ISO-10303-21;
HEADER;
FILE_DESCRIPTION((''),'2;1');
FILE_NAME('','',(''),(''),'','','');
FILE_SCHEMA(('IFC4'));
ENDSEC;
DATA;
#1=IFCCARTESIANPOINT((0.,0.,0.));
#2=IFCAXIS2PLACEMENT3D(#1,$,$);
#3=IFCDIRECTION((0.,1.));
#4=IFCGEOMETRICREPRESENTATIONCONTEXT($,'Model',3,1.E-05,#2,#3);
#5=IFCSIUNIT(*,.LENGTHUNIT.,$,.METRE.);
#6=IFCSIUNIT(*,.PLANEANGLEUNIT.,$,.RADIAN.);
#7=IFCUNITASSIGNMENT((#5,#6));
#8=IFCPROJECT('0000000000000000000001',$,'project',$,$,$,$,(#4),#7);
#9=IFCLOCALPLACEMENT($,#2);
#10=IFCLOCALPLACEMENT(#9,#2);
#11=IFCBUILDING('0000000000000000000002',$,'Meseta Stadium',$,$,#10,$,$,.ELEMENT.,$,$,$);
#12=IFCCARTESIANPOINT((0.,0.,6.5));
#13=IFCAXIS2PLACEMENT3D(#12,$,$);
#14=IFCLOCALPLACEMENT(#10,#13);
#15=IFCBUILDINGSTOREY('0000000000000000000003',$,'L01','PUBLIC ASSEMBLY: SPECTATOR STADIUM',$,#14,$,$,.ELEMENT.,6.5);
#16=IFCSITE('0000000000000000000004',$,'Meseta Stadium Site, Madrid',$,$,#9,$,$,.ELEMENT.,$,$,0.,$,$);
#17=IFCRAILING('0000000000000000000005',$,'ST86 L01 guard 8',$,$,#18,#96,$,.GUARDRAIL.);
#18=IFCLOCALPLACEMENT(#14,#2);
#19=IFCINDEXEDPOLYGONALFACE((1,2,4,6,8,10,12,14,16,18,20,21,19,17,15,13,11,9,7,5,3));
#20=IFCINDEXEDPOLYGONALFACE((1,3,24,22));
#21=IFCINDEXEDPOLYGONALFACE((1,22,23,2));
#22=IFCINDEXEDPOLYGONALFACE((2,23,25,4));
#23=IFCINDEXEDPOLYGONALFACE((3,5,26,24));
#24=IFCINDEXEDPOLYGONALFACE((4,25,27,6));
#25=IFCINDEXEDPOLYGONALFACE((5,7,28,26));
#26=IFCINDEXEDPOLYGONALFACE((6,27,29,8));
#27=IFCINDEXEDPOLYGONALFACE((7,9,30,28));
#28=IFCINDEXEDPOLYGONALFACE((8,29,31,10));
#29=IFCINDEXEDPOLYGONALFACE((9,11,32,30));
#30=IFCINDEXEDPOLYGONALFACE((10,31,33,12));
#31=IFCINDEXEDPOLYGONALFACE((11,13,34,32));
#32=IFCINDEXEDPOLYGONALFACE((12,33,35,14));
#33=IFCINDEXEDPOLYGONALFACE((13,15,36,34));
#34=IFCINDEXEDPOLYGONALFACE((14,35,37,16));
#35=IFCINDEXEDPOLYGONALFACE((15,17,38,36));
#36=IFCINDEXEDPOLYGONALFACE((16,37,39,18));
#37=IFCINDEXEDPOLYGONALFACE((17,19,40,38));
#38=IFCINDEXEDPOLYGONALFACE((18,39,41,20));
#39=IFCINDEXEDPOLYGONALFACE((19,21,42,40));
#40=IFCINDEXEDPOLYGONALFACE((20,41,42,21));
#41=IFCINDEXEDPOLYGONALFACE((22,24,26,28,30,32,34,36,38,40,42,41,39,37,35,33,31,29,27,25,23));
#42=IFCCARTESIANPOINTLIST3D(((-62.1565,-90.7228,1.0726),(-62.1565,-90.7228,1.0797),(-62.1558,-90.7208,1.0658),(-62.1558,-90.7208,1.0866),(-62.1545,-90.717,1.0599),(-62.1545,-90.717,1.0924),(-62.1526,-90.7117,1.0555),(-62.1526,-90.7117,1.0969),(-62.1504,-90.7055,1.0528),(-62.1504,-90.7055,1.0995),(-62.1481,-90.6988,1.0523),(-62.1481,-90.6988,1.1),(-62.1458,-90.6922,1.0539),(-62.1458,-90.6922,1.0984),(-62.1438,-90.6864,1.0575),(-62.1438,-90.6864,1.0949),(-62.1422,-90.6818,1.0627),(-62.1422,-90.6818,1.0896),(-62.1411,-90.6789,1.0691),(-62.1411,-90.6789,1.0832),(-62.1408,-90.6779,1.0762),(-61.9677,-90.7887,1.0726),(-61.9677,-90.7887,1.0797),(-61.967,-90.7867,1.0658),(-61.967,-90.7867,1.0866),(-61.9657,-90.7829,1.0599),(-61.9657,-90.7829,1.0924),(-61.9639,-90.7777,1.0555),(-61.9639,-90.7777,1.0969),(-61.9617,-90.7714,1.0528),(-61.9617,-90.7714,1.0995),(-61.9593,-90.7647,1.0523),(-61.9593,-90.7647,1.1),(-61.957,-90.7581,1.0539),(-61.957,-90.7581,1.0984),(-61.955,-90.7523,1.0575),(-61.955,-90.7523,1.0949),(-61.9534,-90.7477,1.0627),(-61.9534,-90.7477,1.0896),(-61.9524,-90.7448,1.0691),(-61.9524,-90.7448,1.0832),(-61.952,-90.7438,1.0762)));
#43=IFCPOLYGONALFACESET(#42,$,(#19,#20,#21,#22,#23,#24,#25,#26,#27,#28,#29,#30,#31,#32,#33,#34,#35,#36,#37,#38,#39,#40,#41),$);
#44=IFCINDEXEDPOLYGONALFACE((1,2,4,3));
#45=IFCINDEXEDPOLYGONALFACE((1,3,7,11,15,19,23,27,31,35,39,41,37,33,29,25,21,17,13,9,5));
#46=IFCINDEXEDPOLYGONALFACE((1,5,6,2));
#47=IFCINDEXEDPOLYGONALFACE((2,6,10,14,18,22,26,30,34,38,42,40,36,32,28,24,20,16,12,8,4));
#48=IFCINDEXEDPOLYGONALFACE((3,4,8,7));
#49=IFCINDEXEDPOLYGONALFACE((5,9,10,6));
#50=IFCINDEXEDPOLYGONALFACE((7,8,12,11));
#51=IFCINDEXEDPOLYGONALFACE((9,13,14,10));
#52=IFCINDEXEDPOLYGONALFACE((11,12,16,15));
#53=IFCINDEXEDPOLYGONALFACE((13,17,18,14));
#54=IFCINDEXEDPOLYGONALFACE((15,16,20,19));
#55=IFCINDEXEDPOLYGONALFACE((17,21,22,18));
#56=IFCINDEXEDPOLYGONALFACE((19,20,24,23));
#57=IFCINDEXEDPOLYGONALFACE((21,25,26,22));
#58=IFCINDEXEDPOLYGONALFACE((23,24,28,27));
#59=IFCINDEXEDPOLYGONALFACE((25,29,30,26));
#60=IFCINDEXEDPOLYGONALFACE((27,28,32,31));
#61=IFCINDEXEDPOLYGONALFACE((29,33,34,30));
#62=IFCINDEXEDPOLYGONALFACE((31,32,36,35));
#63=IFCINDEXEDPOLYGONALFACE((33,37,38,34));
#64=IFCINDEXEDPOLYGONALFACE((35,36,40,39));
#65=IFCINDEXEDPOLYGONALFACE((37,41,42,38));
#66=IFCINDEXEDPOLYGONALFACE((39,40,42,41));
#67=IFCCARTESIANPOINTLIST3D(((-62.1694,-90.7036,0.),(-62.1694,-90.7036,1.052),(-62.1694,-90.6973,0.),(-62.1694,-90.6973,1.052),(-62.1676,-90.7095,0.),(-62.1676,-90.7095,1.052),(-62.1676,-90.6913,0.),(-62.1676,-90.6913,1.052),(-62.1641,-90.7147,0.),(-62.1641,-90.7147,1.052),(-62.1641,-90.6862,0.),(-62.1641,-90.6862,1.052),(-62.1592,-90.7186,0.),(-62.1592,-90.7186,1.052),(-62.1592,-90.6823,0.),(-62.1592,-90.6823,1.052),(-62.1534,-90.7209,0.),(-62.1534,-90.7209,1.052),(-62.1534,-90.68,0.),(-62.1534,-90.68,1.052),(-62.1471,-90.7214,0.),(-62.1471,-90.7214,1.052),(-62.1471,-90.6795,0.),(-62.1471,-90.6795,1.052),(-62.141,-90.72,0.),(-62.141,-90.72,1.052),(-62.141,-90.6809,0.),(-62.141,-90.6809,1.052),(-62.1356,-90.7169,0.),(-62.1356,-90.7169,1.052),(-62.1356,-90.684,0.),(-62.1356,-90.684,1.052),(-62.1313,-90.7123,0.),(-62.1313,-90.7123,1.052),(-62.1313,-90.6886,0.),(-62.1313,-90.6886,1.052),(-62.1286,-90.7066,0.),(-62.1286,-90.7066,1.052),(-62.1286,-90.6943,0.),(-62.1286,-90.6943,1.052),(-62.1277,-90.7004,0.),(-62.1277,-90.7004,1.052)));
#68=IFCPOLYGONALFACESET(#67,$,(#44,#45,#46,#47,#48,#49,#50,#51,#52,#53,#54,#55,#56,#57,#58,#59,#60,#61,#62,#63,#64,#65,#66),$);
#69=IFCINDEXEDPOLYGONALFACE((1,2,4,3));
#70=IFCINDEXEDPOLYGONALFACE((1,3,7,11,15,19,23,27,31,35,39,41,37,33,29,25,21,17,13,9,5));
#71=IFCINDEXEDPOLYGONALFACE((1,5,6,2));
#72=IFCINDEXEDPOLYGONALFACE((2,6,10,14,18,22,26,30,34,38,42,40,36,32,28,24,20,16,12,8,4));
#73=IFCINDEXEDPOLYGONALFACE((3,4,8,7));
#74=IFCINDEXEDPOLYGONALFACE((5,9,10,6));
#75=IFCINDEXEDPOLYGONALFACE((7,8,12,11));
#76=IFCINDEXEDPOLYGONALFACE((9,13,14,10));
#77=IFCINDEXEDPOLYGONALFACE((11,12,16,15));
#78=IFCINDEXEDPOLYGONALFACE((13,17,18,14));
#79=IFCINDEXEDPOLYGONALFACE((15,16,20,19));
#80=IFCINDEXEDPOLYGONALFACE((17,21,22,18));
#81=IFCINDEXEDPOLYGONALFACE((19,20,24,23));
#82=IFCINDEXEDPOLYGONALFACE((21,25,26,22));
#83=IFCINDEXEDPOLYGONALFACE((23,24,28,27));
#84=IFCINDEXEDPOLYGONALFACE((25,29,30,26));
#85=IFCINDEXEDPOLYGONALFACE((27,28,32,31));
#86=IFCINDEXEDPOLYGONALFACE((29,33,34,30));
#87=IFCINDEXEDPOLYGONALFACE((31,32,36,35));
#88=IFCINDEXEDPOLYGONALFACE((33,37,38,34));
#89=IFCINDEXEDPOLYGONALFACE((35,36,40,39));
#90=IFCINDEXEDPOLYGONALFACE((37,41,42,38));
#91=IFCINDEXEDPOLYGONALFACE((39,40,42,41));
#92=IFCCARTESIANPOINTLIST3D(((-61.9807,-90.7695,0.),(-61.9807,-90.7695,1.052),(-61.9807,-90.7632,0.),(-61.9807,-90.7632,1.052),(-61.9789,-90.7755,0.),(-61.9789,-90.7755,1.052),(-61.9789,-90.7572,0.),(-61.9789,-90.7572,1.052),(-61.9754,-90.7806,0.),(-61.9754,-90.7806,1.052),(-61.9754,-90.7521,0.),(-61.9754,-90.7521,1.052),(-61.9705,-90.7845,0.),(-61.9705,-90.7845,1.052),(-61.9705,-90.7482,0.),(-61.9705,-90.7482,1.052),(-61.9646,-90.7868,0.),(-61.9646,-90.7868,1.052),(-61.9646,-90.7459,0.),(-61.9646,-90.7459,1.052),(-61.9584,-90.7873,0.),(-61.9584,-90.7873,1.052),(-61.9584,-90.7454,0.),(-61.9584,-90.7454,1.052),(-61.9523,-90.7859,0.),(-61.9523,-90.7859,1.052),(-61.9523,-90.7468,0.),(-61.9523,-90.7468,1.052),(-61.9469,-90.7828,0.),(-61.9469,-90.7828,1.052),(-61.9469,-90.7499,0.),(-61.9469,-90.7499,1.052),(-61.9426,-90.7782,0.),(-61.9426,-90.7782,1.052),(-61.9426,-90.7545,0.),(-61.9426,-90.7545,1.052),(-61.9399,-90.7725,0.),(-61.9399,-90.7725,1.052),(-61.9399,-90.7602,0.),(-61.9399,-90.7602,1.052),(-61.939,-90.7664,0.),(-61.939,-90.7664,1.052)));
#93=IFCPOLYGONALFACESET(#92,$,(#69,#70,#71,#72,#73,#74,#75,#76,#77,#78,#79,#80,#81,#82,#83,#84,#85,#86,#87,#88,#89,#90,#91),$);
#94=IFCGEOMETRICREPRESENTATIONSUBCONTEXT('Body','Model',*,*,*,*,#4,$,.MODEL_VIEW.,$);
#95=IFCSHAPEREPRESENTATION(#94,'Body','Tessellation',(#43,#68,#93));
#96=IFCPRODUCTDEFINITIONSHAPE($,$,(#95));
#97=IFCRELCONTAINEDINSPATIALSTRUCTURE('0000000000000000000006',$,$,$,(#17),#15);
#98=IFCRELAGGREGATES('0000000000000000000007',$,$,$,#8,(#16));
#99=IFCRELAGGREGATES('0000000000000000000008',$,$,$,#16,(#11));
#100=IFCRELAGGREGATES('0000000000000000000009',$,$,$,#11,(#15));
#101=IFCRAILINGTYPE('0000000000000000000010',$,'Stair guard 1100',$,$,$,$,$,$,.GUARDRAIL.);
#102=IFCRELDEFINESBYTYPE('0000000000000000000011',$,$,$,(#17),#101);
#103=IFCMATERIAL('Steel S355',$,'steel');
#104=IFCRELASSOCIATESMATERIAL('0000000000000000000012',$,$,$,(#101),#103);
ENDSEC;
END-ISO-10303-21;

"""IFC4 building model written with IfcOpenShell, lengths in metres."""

from ifc_helpers import new_model, si_unit, direction, frame, origin, origin_2d, place, context, subcontext, project, spatial, circle, extrude, material, type_object, element, save


model = new_model("IFC4")

# Units and contexts
model_context = context("Model", 3, precision=1e-05, world=origin(), true_north=direction((0.0, 1.0)))
body_context = subcontext(model_context, "Body", "Model", "MODEL_VIEW")
ifc_project = project(units=[si_unit("LENGTHUNIT", "METRE"), si_unit("PLANEANGLEUNIT", "RADIAN")], contexts=[model_context])

# Site, building, storey
site_placement = place(None, origin())
site = spatial("IfcSite", under=ifc_project, at=site_placement, Name="Meseta Stadium Site, Madrid", CompositionType="ELEMENT", RefElevation=0.0)
building_placement = place(site_placement, origin())
building = spatial("IfcBuilding", under=site, at=building_placement, Name="Meseta Stadium", CompositionType="ELEMENT")
storey_placement = place(building_placement, frame((0.0, 0.0, 6.5)))
storey = spatial("IfcBuildingStorey", under=building, at=storey_placement, Name="L01", Description="PUBLIC ASSEMBLY: SPECTATOR STADIUM", CompositionType="ELEMENT", Elevation=6.5)

# Railing
ifc_material_1 = material(Name="Steel S355", Category="steel")
railing_type_1 = type_object("IfcRailingType", Name="Stair guard 1100", PredefinedType="GUARDRAIL", material=ifc_material_1)
railing_1_placement = place(storey_placement, frame((-62.1487, -90.7004, 0.0)))
element("IfcRailing", 1, at=railing_1_placement, inside=storey, type_object=railing_type_1, Name="ST86 L01 guard 8", PredefinedType="GUARDRAIL", context=body_context, shape_type="SweptSolid", body=[
    extrude(circle(Radius=0.0239, at=origin_2d()), frame((0.0, 0.0, 1.0762), z_axis=(0.944068, -0.329752, 0.0), x_axis=(0.329752, 0.944068, 0.0)), (0.0, 0.0, 1.0), 0.2),
    extrude(circle(Radius=0.021, at=origin_2d()), origin(), (0.0, 0.0, 1.0), 1.052),
    extrude(circle(Radius=0.021, at=origin_2d()), frame((0.1887, -0.0659, 0.0)), (0.0, 0.0, 1.0), 1.052),
])

save(model, "model.ifc")
